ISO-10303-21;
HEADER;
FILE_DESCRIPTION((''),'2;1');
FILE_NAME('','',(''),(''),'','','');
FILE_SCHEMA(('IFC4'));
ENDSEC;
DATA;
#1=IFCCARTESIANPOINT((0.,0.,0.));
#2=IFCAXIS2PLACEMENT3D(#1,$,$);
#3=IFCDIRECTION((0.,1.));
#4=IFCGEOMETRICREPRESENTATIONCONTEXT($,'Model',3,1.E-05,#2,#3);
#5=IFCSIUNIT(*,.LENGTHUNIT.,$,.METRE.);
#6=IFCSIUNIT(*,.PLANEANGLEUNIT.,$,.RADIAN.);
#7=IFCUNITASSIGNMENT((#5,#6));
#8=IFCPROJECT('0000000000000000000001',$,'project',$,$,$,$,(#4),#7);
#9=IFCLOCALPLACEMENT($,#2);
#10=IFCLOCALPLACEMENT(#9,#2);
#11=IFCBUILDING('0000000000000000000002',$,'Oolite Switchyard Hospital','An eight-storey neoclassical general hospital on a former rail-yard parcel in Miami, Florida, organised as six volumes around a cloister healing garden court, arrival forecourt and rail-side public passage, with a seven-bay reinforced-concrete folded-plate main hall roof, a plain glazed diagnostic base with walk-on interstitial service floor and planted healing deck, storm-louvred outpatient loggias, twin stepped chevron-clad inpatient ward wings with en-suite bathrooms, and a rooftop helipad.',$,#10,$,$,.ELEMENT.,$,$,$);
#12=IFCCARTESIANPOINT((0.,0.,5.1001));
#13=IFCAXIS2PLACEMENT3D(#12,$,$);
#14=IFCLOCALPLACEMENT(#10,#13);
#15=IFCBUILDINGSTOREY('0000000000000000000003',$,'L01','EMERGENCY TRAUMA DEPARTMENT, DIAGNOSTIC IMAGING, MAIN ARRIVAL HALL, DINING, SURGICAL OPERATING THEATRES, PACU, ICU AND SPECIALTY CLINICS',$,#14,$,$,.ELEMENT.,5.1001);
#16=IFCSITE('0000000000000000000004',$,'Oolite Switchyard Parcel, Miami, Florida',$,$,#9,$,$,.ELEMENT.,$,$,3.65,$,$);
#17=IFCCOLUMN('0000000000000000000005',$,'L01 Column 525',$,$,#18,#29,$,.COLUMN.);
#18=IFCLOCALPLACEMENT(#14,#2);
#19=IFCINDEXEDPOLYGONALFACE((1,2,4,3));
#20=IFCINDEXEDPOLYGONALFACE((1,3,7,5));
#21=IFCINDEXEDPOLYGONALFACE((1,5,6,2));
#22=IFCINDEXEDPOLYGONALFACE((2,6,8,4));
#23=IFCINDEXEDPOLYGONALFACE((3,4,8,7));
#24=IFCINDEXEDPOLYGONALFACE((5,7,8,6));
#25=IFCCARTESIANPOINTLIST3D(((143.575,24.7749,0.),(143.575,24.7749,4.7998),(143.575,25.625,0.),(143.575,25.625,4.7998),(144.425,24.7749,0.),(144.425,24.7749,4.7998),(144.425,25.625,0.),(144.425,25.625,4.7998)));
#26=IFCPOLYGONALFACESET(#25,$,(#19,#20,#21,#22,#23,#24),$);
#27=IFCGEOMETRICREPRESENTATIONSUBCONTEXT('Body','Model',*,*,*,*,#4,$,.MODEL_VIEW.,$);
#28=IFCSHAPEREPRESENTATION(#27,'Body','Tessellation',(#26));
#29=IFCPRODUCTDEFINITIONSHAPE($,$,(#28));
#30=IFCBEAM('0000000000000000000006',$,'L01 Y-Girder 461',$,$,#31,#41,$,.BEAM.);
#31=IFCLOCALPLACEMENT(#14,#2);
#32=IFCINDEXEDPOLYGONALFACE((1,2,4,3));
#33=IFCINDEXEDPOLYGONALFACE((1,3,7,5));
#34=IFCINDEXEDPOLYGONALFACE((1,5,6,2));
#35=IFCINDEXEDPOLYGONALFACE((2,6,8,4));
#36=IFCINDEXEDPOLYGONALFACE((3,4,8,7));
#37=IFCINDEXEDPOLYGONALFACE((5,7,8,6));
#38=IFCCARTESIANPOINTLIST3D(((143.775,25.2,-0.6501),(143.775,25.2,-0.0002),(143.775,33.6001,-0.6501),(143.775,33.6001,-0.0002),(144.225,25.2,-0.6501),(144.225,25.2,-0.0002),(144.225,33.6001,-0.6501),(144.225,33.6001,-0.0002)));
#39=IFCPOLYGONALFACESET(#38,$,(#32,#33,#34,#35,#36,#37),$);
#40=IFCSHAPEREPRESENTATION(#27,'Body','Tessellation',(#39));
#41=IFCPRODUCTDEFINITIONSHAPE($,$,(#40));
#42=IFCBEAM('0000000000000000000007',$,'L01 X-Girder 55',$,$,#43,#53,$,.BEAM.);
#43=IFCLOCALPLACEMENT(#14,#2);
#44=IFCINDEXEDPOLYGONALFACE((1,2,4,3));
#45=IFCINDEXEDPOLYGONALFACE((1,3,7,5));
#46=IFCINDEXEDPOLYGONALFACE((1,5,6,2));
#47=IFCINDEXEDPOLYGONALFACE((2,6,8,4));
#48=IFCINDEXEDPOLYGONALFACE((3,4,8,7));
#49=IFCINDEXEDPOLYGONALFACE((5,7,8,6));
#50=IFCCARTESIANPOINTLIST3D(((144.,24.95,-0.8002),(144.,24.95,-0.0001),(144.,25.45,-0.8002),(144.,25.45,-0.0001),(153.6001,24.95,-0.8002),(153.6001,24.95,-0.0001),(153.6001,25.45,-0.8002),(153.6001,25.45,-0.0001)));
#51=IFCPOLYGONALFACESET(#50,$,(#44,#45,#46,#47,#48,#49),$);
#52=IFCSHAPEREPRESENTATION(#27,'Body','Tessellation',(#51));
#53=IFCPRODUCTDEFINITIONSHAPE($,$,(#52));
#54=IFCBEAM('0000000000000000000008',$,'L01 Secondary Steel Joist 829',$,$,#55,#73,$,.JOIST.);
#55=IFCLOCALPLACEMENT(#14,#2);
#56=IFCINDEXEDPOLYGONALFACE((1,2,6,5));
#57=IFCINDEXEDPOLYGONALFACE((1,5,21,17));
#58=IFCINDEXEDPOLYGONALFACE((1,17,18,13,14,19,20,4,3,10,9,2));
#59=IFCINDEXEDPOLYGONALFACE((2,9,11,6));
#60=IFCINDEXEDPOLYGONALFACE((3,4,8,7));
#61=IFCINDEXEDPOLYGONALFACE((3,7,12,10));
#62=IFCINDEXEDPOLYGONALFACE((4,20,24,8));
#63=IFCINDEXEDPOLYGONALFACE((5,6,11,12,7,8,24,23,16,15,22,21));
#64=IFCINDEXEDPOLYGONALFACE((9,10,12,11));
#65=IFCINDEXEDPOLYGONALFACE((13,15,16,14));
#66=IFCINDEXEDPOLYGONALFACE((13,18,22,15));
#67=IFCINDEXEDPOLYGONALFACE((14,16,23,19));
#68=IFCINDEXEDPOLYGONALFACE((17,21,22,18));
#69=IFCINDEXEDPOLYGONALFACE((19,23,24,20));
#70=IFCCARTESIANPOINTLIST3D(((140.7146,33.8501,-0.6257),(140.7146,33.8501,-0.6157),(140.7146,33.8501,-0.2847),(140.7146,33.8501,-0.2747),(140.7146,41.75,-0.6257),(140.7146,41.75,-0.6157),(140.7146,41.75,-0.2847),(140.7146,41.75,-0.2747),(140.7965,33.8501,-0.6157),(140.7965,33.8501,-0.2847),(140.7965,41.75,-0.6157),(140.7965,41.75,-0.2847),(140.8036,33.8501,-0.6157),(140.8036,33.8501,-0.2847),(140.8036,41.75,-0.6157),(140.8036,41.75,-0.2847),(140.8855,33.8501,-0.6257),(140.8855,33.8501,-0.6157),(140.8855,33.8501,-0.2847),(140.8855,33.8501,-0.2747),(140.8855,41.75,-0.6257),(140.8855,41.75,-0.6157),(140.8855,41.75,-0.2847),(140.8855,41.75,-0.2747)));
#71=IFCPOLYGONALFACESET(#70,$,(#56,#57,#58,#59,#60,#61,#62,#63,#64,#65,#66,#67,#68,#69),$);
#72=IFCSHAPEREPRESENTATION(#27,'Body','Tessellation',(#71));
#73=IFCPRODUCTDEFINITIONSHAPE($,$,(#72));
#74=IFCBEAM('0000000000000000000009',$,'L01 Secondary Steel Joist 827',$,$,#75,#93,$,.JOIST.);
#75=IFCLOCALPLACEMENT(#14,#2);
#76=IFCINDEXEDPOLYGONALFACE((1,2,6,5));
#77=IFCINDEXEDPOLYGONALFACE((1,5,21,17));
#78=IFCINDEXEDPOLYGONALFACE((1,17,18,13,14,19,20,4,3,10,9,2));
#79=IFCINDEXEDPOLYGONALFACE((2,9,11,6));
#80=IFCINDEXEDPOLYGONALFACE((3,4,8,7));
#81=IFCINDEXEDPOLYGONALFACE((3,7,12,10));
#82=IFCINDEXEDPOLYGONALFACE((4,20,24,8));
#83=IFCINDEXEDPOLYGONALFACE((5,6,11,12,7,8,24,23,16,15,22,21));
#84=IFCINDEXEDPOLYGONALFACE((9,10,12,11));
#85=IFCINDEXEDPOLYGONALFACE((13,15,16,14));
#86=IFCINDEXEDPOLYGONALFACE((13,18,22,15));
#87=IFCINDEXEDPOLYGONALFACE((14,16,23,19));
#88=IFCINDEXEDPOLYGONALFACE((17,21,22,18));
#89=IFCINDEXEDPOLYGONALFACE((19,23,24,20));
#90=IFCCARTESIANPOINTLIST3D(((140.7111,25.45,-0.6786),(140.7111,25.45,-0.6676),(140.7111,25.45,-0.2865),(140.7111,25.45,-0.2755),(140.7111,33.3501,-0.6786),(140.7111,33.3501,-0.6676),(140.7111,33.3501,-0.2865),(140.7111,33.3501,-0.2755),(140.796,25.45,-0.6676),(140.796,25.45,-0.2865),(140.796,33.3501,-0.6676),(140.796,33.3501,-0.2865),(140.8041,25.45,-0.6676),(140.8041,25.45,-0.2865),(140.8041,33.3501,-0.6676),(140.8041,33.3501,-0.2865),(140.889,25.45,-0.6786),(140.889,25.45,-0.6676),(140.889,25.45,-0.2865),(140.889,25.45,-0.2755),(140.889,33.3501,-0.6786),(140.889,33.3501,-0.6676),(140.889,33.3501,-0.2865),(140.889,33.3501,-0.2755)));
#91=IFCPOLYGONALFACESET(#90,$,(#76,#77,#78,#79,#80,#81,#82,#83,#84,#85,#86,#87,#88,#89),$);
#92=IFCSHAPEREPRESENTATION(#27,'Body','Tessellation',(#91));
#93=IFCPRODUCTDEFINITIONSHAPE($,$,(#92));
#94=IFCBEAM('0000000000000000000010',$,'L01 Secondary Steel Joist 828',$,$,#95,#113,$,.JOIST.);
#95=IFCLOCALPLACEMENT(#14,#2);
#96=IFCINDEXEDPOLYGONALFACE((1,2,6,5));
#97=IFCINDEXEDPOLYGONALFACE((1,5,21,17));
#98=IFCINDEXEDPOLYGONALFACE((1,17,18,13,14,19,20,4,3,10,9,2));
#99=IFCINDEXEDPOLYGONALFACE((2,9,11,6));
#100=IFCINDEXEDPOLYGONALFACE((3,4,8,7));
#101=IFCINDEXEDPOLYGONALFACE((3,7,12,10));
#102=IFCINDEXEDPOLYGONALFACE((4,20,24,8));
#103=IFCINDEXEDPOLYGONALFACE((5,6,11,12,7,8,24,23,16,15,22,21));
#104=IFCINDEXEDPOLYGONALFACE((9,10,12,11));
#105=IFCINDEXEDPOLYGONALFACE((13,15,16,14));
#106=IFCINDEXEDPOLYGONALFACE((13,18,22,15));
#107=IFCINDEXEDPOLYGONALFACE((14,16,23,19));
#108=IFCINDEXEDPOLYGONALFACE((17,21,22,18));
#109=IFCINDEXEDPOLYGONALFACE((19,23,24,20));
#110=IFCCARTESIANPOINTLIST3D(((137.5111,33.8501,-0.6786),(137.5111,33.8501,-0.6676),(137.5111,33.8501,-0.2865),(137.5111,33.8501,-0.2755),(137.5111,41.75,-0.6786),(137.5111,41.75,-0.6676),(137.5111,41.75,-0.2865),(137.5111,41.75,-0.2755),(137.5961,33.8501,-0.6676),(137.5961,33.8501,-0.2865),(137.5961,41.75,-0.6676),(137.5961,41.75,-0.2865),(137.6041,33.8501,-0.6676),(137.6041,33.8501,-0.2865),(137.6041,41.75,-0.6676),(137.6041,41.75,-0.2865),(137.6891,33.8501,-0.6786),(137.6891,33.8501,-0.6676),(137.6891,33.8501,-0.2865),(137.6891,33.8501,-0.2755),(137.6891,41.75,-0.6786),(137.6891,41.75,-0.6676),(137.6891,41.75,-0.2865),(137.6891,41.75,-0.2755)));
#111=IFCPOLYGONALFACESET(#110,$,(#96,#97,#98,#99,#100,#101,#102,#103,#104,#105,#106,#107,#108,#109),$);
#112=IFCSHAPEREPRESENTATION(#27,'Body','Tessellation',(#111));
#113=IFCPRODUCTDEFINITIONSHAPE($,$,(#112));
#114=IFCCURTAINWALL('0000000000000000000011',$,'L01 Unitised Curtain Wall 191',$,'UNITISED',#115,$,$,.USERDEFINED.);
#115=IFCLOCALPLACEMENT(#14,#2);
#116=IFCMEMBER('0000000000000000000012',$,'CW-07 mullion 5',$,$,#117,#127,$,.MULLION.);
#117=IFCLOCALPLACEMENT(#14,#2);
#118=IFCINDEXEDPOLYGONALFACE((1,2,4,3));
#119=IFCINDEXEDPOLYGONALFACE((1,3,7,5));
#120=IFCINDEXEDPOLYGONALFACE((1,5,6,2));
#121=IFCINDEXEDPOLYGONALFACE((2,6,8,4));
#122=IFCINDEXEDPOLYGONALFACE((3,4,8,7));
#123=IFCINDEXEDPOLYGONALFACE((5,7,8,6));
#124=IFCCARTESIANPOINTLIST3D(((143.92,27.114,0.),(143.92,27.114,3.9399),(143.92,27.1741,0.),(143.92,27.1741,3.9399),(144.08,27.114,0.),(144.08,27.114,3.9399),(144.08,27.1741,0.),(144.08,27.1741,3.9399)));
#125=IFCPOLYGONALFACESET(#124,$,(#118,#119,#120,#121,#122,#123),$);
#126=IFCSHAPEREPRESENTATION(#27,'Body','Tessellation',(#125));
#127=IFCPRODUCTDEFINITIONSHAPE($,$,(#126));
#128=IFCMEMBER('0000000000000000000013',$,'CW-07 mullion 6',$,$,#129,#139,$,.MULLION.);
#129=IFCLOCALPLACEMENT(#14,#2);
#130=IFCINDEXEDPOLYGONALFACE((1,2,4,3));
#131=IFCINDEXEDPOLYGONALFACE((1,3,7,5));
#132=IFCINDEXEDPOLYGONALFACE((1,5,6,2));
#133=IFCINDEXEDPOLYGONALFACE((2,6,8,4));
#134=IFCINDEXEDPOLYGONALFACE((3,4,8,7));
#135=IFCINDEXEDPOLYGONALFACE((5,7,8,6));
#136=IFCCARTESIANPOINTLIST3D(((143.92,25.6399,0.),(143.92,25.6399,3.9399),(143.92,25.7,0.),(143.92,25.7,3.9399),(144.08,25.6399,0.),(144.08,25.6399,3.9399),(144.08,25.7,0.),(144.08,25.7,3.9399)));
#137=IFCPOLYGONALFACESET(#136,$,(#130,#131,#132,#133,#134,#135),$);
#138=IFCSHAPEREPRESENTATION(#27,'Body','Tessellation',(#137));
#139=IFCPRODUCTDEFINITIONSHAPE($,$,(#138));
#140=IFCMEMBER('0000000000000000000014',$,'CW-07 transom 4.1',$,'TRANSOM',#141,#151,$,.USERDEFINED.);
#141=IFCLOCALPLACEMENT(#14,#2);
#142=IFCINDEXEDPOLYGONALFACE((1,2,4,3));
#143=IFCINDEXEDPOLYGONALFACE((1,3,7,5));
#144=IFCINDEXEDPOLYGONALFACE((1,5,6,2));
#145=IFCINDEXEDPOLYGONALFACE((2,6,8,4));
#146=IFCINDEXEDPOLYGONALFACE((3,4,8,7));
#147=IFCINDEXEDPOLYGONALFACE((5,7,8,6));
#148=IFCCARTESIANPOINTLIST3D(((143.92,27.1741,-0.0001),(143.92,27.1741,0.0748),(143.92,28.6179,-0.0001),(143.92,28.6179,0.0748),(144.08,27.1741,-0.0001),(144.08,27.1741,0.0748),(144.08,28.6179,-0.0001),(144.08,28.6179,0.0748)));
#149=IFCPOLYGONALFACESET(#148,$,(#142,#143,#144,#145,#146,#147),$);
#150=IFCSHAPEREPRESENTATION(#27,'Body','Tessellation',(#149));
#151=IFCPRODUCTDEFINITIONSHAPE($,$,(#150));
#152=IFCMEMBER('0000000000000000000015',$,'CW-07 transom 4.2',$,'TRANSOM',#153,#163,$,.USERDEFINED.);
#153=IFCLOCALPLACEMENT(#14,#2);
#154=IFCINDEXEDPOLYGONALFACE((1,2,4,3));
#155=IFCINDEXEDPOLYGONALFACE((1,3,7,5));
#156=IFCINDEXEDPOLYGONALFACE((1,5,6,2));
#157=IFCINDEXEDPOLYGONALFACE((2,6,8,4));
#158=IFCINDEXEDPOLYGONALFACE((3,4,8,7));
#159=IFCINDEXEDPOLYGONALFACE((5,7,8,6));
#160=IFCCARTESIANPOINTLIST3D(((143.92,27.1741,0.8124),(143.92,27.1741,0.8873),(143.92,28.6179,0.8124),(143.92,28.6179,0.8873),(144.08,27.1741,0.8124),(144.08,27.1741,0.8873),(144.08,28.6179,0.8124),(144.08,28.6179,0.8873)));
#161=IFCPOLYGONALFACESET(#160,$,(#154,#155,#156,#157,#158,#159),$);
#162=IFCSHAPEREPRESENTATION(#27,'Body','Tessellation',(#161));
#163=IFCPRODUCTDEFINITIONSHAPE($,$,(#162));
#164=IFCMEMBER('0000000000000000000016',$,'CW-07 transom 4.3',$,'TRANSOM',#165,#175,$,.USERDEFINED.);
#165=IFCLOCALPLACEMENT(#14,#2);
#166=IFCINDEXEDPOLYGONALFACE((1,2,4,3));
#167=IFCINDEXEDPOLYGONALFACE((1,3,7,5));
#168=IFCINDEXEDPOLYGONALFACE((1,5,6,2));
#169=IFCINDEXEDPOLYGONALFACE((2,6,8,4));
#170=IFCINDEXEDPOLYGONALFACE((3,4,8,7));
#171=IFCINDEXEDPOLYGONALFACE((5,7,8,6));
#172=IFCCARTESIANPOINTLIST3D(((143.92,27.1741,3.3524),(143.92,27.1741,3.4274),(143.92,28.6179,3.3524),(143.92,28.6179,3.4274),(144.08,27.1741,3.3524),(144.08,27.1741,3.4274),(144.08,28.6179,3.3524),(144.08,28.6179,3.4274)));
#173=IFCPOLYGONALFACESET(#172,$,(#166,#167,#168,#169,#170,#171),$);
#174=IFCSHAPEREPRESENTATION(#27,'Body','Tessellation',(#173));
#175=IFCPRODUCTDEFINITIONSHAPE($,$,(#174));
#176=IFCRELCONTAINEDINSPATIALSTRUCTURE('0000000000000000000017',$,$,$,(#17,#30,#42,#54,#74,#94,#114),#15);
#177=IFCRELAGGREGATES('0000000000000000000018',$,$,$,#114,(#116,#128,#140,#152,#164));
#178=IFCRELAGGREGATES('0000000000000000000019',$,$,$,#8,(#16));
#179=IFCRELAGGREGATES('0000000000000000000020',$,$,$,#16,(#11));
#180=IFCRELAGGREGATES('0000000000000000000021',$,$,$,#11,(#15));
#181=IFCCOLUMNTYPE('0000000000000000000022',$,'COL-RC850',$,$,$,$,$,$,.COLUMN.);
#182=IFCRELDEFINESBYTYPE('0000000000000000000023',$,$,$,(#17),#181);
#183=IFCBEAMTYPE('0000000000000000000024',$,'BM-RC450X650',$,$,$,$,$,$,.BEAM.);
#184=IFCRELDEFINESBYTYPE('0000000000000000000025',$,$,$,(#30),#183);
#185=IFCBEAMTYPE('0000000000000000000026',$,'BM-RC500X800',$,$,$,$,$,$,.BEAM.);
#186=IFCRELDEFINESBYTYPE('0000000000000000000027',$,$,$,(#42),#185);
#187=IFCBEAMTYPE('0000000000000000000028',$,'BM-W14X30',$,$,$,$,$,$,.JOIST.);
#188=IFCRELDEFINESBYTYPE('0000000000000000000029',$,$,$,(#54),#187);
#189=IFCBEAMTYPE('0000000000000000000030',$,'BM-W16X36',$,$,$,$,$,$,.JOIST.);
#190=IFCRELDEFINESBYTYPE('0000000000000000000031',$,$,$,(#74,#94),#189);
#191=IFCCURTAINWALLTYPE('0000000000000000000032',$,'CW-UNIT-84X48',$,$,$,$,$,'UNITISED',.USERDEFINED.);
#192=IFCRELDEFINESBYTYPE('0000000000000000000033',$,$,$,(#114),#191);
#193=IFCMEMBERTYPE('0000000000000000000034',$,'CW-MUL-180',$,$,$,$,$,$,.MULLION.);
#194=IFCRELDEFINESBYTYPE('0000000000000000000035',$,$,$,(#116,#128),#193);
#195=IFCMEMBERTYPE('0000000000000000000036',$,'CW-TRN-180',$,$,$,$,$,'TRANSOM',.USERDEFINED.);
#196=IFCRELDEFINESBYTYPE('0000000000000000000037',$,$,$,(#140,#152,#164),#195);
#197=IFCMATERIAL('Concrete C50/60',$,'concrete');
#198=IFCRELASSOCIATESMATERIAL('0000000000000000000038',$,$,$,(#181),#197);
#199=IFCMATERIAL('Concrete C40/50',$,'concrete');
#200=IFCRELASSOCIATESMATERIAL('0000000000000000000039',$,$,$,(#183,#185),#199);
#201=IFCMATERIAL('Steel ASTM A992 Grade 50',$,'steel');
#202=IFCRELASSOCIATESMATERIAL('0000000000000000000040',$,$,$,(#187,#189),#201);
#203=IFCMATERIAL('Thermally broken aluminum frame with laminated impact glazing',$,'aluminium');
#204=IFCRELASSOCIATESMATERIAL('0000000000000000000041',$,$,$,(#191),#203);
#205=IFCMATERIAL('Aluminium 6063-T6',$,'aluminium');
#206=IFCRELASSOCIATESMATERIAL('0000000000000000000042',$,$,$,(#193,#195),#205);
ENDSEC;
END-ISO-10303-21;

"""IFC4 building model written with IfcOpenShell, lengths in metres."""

from ifc_helpers import new_model, si_unit, direction, frame, origin, origin_2d, place, context, subcontext, project, spatial, rectangle, i_section, extrude, material, material_profile, profile_set, type_object, element, aggregate, save


model = new_model("IFC4")

# Units and contexts
model_context = context("Model", 3, precision=1e-05, world=origin(), true_north=direction((0.0, 1.0)))
body_context = subcontext(model_context, "Body", "Model", "MODEL_VIEW")
ifc_project = project(units=[si_unit("LENGTHUNIT", "METRE"), si_unit("PLANEANGLEUNIT", "RADIAN")], contexts=[model_context])

# Site, building, storey
site_placement = place(None, origin())
site = spatial("IfcSite", under=ifc_project, at=site_placement, Name="Oolite Switchyard Parcel, Miami, Florida", CompositionType="ELEMENT", RefElevation=3.65)
building_placement = place(site_placement, origin())
building = spatial("IfcBuilding", under=site, at=building_placement, Name="Oolite Switchyard Hospital", Description="An eight-storey neoclassical general hospital on a former rail-yard parcel in Miami, Florida, organised as six volumes around a cloister healing garden court, arrival forecourt and rail-side public passage, with a seven-bay reinforced-concrete folded-plate main hall roof, a plain glazed diagnostic base with walk-on interstitial service floor and planted healing deck, storm-louvred outpatient loggias, twin stepped chevron-clad inpatient ward wings with en-suite bathrooms, and a rooftop helipad.", CompositionType="ELEMENT")
storey_placement = place(building_placement, frame((0.0, 0.0, 5.1001)))
storey = spatial("IfcBuildingStorey", under=building, at=storey_placement, Name="L01", Description="EMERGENCY TRAUMA DEPARTMENT, DIAGNOSTIC IMAGING, MAIN ARRIVAL HALL, DINING, SURGICAL OPERATING THEATRES, PACU, ICU AND SPECIALTY CLINICS", CompositionType="ELEMENT", Elevation=5.1001)

# Column
ifc_material_1 = material(Name="Concrete C50/60", Category="concrete")
ifc_material_profile_1 = material_profile(ifc_material_1, rectangle(XDim=0.8501, YDim=0.8501, at=origin_2d()), Name="RC850X850")
ifc_profile_set_1 = profile_set([ifc_material_profile_1], Name="Concrete C50/60")
column_type = type_object("IfcColumnType", Name="COL-RC850", PredefinedType="COLUMN", material=ifc_profile_set_1)
column_placement = place(storey_placement, frame((144.0, 25.2, 0.0), z_axis=(0.0, 0.0, 1.0), x_axis=(1.0, 0.0, 0.0)))
element("IfcColumn", 1, at=column_placement, inside=storey, type_object=column_type, Name="L01 Column 525", PredefinedType="COLUMN", context=body_context, shape_type="SweptSolid", body=[
    extrude(rectangle(XDim=0.8501, YDim=0.8501, at=origin_2d()), origin(), (0.0, 0.0, 1.0), 4.7998),
])

# Beams
ifc_material_2 = material(Name="Concrete C40/50", Category="concrete")
ifc_material_profile_2 = material_profile(ifc_material_2, rectangle(XDim=0.45, YDim=0.6499, at=origin_2d()), Name="RCB450X650")
ifc_profile_set_2 = profile_set([ifc_material_profile_2], Name="Concrete C40/50")
beam_type_1 = type_object("IfcBeamType", Name="BM-RC450X650", PredefinedType="BEAM", material=ifc_profile_set_2)
beam_1_placement = place(storey_placement, frame((144.0, 25.2, -0.3252), z_axis=(0.0, 1.0, 0.0), x_axis=(-1.0, 0.0, 0.0)))
element("IfcBeam", 2, at=beam_1_placement, inside=storey, type_object=beam_type_1, Name="L01 Y-Girder 461", PredefinedType="BEAM", context=body_context, shape_type="SweptSolid", body=[
    extrude(rectangle(XDim=0.45, YDim=0.6499, at=origin_2d()), origin(), (0.0, 0.0, 1.0), 8.4001),
])
ifc_material_profile_3 = material_profile(ifc_material_2, rectangle(XDim=0.5, YDim=0.8, at=origin_2d()), Name="RCB500X800")
ifc_profile_set_3 = profile_set([ifc_material_profile_3], Name="Concrete C40/50")
beam_type_2 = type_object("IfcBeamType", Name="BM-RC500X800", PredefinedType="BEAM", material=ifc_profile_set_3)
beam_2_placement = place(storey_placement, frame((144.0, 25.2, -0.4001), z_axis=(1.0, 0.0, 0.0), x_axis=(0.0, 1.0, 0.0)))
element("IfcBeam", 3, at=beam_2_placement, inside=storey, type_object=beam_type_2, Name="L01 X-Girder 55", PredefinedType="BEAM", context=body_context, shape_type="SweptSolid", body=[
    extrude(rectangle(XDim=0.5, YDim=0.8, at=origin_2d()), origin(), (0.0, 0.0, 1.0), 9.6001),
])
ifc_material_3 = material(Name="Steel ASTM A992 Grade 50", Category="steel")
ifc_material_profile_4 = material_profile(ifc_material_3, i_section(OverallWidth=0.1709, OverallDepth=0.3511, WebThickness=0.0071, FlangeThickness=0.01, at=origin_2d()), Name="W14X30")
ifc_profile_set_4 = profile_set([ifc_material_profile_4], Name="Steel ASTM A992 Grade 50")
beam_type_3 = type_object("IfcBeamType", Name="BM-W14X30", PredefinedType="JOIST", material=ifc_profile_set_4)
beam_3_placement = place(storey_placement, frame((140.8, 33.8501, -0.4502), z_axis=(0.0, 1.0, 0.0), x_axis=(-1.0, 0.0, 0.0)))
element("IfcBeam", 4, at=beam_3_placement, inside=storey, type_object=beam_type_3, Name="L01 Secondary Steel Joist 829", PredefinedType="JOIST", context=body_context, shape_type="SweptSolid", body=[
    extrude(i_section(OverallWidth=0.1709, OverallDepth=0.3511, WebThickness=0.0071, FlangeThickness=0.01, at=origin_2d()), origin(), (0.0, 0.0, 1.0), 7.8999),
])
ifc_material_profile_5 = material_profile(ifc_material_3, i_section(OverallWidth=0.178, OverallDepth=0.4031, WebThickness=0.0081, FlangeThickness=0.011, at=origin_2d()), Name="W16X36")
ifc_profile_set_5 = profile_set([ifc_material_profile_5], Name="Steel ASTM A992 Grade 50")
beam_type_4 = type_object("IfcBeamType", Name="BM-W16X36", PredefinedType="JOIST", material=ifc_profile_set_5)
beam_4_placement = place(storey_placement, frame((140.8, 25.45, -0.4771), z_axis=(0.0, 1.0, 0.0), x_axis=(-1.0, 0.0, 0.0)))
element("IfcBeam", 5, at=beam_4_placement, inside=storey, type_object=beam_type_4, Name="L01 Secondary Steel Joist 827", PredefinedType="JOIST", context=body_context, shape_type="SweptSolid", body=[
    extrude(i_section(OverallWidth=0.178, OverallDepth=0.4031, WebThickness=0.0081, FlangeThickness=0.011, at=origin_2d()), origin(), (0.0, 0.0, 1.0), 7.9001),
])
beam_5_placement = place(storey_placement, frame((137.6001, 33.8501, -0.4771), z_axis=(0.0, 1.0, 0.0), x_axis=(-1.0, 0.0, 0.0)))
element("IfcBeam", 6, at=beam_5_placement, inside=storey, type_object=beam_type_4, Name="L01 Secondary Steel Joist 828", PredefinedType="JOIST", context=body_context, shape_type="SweptSolid", body=[
    extrude(i_section(OverallWidth=0.178, OverallDepth=0.4031, WebThickness=0.0081, FlangeThickness=0.011, at=origin_2d()), origin(), (0.0, 0.0, 1.0), 7.8999),
])

# Curtain wall, members
ifc_material_4 = material(Name="Thermally broken aluminum frame with laminated impact glazing", Category="aluminium")
curtain_wall_type = type_object("IfcCurtainWallType", Name="CW-UNIT-84X48", ElementType="UNITISED", PredefinedType="USERDEFINED", material=ifc_material_4)
curtain_wall_placement = place(storey_placement, origin())
curtain_wall = element("IfcCurtainWall", 7, at=curtain_wall_placement, inside=storey, type_object=curtain_wall_type, Name="L01 Unitised Curtain Wall 191", ObjectType="UNITISED", PredefinedType="USERDEFINED")
ifc_material_5 = material(Name="Aluminium 6063-T6", Category="aluminium")
ifc_material_profile_6 = material_profile(ifc_material_5, rectangle(XDim=0.1599, YDim=0.0601, at=origin_2d()), Name="CWM60X160")
ifc_profile_set_6 = profile_set([ifc_material_profile_6], Name="Aluminium 6063-T6")
member_type_1 = type_object("IfcMemberType", Name="CW-MUL-180", PredefinedType="MULLION", material=ifc_profile_set_6)
member_1_placement = place(storey_placement, frame((144.0, 27.144, 0.0), z_axis=(0.0, 0.0, 1.0), x_axis=(1.0, 0.0, 0.0)))
member_1 = element("IfcMember", 8, at=member_1_placement, type_object=member_type_1, Name="CW-07 mullion 5", PredefinedType="MULLION", context=body_context, shape_type="SweptSolid", body=[
    extrude(rectangle(XDim=0.1599, YDim=0.0601, at=origin_2d()), origin(), (0.0, 0.0, 1.0), 3.9399),
])
member_2_placement = place(storey_placement, frame((144.0, 25.6699, 0.0), z_axis=(0.0, 0.0, 1.0), x_axis=(1.0, 0.0, 0.0)))
member_2 = element("IfcMember", 9, at=member_2_placement, type_object=member_type_1, Name="CW-07 mullion 6", PredefinedType="MULLION", context=body_context, shape_type="SweptSolid", body=[
    extrude(rectangle(XDim=0.1599, YDim=0.0601, at=origin_2d()), origin(), (0.0, 0.0, 1.0), 3.9399),
])
ifc_material_profile_7 = material_profile(ifc_material_5, rectangle(XDim=0.1599, YDim=0.075, at=origin_2d()), Name="CWT75X160")
ifc_profile_set_7 = profile_set([ifc_material_profile_7], Name="Aluminium 6063-T6")
member_type_2 = type_object("IfcMemberType", Name="CW-TRN-180", ElementType="TRANSOM", PredefinedType="USERDEFINED", material=ifc_profile_set_7)
member_3_placement = place(storey_placement, frame((144.0, 28.6179, 0.0374), z_axis=(0.0, -1.0, 0.0), x_axis=(1.0, 0.0, 0.0)))
member_3 = element("IfcMember", 10, at=member_3_placement, type_object=member_type_2, Name="CW-07 transom 4.1", ObjectType="TRANSOM", PredefinedType="USERDEFINED", context=body_context, shape_type="SweptSolid", body=[
    extrude(rectangle(XDim=0.1599, YDim=0.075, at=origin_2d()), origin(), (0.0, 0.0, 1.0), 1.4438),
])
member_4_placement = place(storey_placement, frame((144.0, 28.6179, 0.8499), z_axis=(0.0, -1.0, 0.0), x_axis=(1.0, 0.0, 0.0)))
member_4 = element("IfcMember", 11, at=member_4_placement, type_object=member_type_2, Name="CW-07 transom 4.2", ObjectType="TRANSOM", PredefinedType="USERDEFINED", context=body_context, shape_type="SweptSolid", body=[
    extrude(rectangle(XDim=0.1599, YDim=0.075, at=origin_2d()), origin(), (0.0, 0.0, 1.0), 1.4438),
])
member_5_placement = place(storey_placement, frame((144.0, 28.6179, 3.3899), z_axis=(0.0, -1.0, 0.0), x_axis=(1.0, 0.0, 0.0)))
member_5 = element("IfcMember", 12, at=member_5_placement, type_object=member_type_2, Name="CW-07 transom 4.3", ObjectType="TRANSOM", PredefinedType="USERDEFINED", context=body_context, shape_type="SweptSolid", body=[
    extrude(rectangle(XDim=0.1599, YDim=0.075, at=origin_2d()), origin(), (0.0, 0.0, 1.0), 1.4438),
])
aggregate(curtain_wall, [member_1, member_2, member_3, member_4, member_5])

save(model, "model.ifc")
